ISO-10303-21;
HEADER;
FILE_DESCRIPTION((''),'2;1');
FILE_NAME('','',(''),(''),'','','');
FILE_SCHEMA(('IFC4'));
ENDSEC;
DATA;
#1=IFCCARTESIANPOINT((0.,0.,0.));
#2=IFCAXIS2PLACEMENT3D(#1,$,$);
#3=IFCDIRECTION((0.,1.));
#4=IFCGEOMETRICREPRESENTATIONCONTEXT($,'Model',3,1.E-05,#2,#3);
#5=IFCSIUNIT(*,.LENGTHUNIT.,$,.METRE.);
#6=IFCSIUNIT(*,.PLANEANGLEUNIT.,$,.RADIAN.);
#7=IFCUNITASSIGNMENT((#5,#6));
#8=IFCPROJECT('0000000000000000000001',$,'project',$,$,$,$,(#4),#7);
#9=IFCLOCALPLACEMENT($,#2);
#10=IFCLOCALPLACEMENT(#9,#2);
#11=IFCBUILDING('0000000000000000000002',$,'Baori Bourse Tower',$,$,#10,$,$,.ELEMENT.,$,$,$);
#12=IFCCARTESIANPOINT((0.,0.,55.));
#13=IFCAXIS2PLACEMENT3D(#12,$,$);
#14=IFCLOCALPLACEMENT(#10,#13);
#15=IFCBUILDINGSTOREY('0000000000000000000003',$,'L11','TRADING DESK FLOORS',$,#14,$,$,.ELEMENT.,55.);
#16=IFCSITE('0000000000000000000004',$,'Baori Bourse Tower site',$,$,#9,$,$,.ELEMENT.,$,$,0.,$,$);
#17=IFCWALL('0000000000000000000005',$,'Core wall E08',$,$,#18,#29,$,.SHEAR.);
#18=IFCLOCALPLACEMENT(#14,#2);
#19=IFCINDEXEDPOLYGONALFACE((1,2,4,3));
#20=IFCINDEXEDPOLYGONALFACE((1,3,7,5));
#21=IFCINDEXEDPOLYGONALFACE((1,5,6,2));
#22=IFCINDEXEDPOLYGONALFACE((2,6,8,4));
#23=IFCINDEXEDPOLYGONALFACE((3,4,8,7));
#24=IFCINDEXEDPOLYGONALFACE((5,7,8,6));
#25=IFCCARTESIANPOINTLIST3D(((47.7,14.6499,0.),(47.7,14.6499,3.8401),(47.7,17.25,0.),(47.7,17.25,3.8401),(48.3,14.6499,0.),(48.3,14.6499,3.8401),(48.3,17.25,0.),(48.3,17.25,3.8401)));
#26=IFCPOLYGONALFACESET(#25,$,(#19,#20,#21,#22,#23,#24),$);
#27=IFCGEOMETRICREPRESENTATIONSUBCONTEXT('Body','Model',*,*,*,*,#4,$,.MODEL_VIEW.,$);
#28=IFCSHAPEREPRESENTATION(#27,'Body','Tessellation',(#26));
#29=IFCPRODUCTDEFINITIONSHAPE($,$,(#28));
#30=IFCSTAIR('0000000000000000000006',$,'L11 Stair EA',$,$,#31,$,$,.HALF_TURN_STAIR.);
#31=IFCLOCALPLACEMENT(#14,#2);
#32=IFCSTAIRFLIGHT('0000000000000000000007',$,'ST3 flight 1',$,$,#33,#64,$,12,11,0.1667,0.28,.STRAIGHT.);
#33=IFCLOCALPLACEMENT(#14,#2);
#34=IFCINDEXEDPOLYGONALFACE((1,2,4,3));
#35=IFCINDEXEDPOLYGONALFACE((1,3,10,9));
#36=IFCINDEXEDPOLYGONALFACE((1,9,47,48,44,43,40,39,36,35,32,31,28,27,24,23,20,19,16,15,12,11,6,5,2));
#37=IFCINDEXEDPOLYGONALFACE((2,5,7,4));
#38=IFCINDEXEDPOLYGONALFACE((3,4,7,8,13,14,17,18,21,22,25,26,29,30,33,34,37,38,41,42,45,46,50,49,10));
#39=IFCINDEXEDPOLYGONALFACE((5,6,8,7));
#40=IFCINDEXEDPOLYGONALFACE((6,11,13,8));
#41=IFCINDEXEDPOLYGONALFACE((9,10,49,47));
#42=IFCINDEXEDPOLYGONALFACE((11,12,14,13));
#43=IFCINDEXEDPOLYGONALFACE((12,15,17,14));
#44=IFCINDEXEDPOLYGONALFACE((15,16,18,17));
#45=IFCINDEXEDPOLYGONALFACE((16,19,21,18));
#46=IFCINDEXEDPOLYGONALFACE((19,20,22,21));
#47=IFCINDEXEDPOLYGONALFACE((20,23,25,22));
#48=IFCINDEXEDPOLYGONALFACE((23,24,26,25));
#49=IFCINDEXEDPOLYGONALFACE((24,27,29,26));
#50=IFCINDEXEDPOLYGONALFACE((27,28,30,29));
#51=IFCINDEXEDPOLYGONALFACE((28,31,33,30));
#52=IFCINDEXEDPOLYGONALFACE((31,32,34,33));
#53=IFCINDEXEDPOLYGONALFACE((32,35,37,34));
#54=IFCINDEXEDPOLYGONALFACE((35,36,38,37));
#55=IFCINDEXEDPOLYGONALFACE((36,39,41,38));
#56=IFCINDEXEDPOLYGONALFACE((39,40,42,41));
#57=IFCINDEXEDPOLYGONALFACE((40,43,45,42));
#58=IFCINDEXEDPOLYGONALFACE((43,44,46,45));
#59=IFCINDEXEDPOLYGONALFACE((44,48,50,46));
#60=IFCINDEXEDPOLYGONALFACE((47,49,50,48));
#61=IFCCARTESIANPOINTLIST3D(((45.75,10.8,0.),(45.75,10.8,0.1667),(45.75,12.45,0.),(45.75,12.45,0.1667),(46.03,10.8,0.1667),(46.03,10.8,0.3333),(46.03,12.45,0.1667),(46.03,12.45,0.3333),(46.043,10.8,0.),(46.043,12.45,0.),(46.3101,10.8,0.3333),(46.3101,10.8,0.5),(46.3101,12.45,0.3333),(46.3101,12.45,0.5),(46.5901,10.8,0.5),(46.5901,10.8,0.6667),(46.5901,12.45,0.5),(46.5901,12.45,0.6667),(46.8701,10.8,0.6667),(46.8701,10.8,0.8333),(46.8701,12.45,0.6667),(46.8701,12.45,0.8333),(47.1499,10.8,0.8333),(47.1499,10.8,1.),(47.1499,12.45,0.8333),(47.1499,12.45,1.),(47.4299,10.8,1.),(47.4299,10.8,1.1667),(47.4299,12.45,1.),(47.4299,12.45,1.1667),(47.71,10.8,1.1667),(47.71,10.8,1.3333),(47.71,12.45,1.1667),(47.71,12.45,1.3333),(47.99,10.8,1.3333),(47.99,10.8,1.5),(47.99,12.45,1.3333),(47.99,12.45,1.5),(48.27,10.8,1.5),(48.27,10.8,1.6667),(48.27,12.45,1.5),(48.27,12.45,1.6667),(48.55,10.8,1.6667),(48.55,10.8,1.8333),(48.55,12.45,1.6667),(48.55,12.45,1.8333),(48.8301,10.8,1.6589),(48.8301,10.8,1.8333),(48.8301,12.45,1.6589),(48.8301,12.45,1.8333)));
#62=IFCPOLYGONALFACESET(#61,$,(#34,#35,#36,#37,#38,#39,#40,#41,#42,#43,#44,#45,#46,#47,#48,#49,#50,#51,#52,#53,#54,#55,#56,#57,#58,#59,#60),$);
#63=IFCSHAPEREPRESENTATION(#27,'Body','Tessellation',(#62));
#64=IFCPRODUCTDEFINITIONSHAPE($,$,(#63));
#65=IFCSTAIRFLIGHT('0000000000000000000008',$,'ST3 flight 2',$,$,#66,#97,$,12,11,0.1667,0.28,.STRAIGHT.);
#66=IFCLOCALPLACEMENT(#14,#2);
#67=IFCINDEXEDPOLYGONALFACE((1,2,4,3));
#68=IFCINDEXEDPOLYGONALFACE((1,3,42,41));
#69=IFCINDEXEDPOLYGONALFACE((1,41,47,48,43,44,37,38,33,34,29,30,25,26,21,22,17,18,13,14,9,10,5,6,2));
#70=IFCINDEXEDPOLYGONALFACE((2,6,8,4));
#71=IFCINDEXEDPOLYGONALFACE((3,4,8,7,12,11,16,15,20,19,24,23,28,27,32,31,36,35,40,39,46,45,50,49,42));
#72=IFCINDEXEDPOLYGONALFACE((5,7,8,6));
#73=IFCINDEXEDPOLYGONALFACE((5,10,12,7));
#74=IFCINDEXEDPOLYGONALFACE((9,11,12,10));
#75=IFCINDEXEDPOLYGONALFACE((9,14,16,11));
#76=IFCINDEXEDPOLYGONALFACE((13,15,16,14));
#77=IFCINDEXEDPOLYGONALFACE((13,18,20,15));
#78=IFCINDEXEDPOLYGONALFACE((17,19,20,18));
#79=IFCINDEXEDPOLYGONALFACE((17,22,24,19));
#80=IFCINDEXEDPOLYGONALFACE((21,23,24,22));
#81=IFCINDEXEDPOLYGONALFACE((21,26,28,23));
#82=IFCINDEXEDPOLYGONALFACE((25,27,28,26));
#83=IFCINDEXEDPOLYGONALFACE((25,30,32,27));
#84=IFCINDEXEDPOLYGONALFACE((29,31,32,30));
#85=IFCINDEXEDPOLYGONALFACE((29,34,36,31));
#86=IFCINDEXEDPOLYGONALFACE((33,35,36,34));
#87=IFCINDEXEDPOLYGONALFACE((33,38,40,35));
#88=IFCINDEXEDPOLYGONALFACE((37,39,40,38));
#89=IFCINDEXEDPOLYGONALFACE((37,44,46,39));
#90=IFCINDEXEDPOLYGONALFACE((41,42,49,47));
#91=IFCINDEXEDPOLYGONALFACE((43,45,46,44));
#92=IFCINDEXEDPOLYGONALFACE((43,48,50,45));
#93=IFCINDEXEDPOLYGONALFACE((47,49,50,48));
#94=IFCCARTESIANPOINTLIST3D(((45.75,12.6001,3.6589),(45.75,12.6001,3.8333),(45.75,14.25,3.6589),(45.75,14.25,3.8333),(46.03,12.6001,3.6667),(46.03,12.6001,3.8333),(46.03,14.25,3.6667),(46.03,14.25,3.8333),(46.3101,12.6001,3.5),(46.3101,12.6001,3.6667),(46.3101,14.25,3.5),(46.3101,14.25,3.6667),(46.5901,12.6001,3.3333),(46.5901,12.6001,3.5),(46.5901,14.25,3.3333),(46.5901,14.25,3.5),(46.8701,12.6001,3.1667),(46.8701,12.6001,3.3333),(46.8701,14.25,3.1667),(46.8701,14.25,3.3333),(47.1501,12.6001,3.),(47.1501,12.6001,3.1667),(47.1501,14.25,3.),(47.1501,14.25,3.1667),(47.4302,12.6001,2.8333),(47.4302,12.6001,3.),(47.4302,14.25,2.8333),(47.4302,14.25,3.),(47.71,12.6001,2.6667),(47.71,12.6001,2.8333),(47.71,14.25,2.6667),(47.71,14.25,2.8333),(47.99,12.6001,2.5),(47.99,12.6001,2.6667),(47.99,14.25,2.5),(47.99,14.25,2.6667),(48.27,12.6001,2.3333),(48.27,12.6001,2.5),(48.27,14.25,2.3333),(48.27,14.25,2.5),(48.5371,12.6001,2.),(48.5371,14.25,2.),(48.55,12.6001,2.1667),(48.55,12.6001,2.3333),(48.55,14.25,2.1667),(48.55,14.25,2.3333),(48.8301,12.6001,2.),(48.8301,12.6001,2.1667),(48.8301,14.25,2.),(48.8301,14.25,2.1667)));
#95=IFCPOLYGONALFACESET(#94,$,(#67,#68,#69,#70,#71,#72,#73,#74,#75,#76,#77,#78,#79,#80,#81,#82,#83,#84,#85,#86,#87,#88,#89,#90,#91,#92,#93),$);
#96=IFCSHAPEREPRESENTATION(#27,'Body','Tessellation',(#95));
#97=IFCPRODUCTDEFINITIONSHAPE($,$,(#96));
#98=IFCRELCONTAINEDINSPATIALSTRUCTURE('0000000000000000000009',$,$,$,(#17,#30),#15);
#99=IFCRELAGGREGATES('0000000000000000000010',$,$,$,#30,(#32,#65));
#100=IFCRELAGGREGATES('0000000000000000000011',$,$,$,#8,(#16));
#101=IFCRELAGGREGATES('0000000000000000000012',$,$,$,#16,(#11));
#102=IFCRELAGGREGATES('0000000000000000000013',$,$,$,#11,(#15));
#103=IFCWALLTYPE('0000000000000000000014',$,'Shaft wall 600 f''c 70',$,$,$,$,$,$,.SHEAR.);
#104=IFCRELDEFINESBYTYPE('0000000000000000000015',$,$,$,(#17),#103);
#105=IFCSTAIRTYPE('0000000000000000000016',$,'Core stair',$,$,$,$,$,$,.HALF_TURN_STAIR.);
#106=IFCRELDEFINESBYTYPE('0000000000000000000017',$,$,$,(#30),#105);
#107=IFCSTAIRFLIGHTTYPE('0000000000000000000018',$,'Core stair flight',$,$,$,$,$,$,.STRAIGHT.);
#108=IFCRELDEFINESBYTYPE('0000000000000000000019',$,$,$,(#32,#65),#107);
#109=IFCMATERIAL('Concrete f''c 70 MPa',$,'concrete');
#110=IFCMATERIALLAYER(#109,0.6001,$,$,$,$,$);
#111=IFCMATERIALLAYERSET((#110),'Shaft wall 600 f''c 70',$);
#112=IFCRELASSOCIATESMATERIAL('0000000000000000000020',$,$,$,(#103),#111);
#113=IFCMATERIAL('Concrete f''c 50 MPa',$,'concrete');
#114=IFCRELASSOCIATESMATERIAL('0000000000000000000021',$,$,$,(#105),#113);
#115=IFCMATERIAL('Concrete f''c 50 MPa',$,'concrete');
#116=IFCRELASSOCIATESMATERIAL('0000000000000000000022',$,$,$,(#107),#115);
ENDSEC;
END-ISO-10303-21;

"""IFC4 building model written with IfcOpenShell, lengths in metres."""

from ifc_helpers import new_model, si_unit, direction, frame, frame_2d, origin, place, context, subcontext, project, spatial, polyline, rectangle, outline, extrude, material, layer, layer_set, type_object, element, aggregate, save


model = new_model("IFC4")

# Units and contexts
model_context = context("Model", 3, precision=1e-05, world=origin(), true_north=direction((0.0, 1.0)))
body_context = subcontext(model_context, "Body", "Model", "MODEL_VIEW")
ifc_project = project(units=[si_unit("LENGTHUNIT", "METRE"), si_unit("PLANEANGLEUNIT", "RADIAN")], contexts=[model_context])

# Site, building, storey
site_placement = place(None, origin())
site = spatial("IfcSite", under=ifc_project, at=site_placement, Name="Baori Bourse Tower site", CompositionType="ELEMENT", RefElevation=0.0)
building_placement = place(site_placement, origin())
building = spatial("IfcBuilding", under=site, at=building_placement, Name="Baori Bourse Tower", CompositionType="ELEMENT")
storey_placement = place(building_placement, frame((0.0, 0.0, 55.0)))
storey = spatial("IfcBuildingStorey", under=building, at=storey_placement, Name="L11", Description="TRADING DESK FLOORS", CompositionType="ELEMENT", Elevation=55.0)

# Wall
ifc_material_1 = material(Name="Concrete f'c 70 MPa", Category="concrete")
ifc_layer_1 = layer(ifc_material_1, 0.6001)
ifc_layer_set_1 = layer_set([ifc_layer_1], Name="Shaft wall 600 f'c 70")
wall_type_1 = type_object("IfcWallType", Name="Shaft wall 600 f'c 70", PredefinedType="SHEAR", material=ifc_layer_set_1)
wall_1_placement = place(storey_placement, frame((48.0, 14.6499, 0.0), z_axis=(0.0, 0.0, 1.0), x_axis=(0.0, 1.0, 0.0)))
element("IfcWall", 1, at=wall_1_placement, inside=storey, type_object=wall_type_1, Name="Core wall E08", PredefinedType="SHEAR", context=body_context, shape_type="SweptSolid", body=[
    extrude(rectangle(XDim=2.6001, YDim=0.6001, at=frame_2d((1.3, 0.0))), origin(), (0.0, 0.0, 1.0), 3.8401),
])

# Stair, stair flights
ifc_material_2 = material(Name="Concrete f'c 50 MPa", Category="concrete")
stair_type = type_object("IfcStairType", Name="Core stair", PredefinedType="HALF_TURN_STAIR", material=ifc_material_2)
stair_placement = place(storey_placement, origin())
stair = element("IfcStair", 2, at=stair_placement, inside=storey, type_object=stair_type, Name="L11 Stair EA", PredefinedType="HALF_TURN_STAIR")
ifc_material_3 = material(Name="Concrete f'c 50 MPa", Category="concrete")
stair_flight_type = type_object("IfcStairFlightType", Name="Core stair flight", PredefinedType="STRAIGHT", material=ifc_material_3)
stair_flight_1_placement = place(storey_placement, frame((45.75, 11.625, 0.0), z_axis=(0.0, 0.0, 1.0), x_axis=(1.0, 0.0, 0.0)))
stair_flight_1 = element("IfcStairFlight", 3, at=stair_flight_1_placement, type_object=stair_flight_type, Name="ST3 flight 1", NumberOfRisers=12, NumberOfTreads=11, PredefinedType="STRAIGHT", RiserHeight=0.1667, TreadLength=0.28, context=body_context, shape_type="SweptSolid", body=[
    extrude(outline(polyline([(0.0, 0.0), (0.0, 0.1667), (0.28, 0.1667), (0.28, 0.3333), (0.5601, 0.3333), (0.5601, 0.5), (0.8401, 0.5), (0.8401, 0.6667), (1.1201, 0.6667), (1.1201, 0.8333), (1.3999, 0.8333), (1.3999, 1.0), (1.6799, 1.0), (1.6799, 1.1667), (1.96, 1.1667), (1.96, 1.3333), (2.24, 1.3333), (2.24, 1.5), (2.52, 1.5), (2.52, 1.6667), (2.8, 1.6667), (2.8, 1.8333), (3.0801, 1.8333), (3.0801, 2.0), (3.0801, 1.6589), (0.293, 0.0), (0.0, 0.0)])), frame((0.0, 0.825, 0.0), z_axis=(0.0, -1.0, 0.0), x_axis=(1.0, 0.0, 0.0)), (0.0, 0.0, 1.0), 1.6499),
])
stair_flight_2_placement = place(storey_placement, frame((48.8301, 13.425, 2.0), z_axis=(0.0, 0.0, 1.0), x_axis=(-1.0, 0.0, 0.0)))
stair_flight_2 = element("IfcStairFlight", 4, at=stair_flight_2_placement, type_object=stair_flight_type, Name="ST3 flight 2", NumberOfRisers=12, NumberOfTreads=11, PredefinedType="STRAIGHT", RiserHeight=0.1667, TreadLength=0.28, context=body_context, shape_type="SweptSolid", body=[
    extrude(outline(polyline([(0.0, 0.0), (0.0, 0.1667), (0.28, 0.1667), (0.28, 0.3333), (0.5601, 0.3333), (0.5601, 0.5), (0.8401, 0.5), (0.8401, 0.6667), (1.1201, 0.6667), (1.1201, 0.8333), (1.3999, 0.8333), (1.3999, 1.0), (1.6799, 1.0), (1.6799, 1.1667), (1.96, 1.1667), (1.96, 1.3333), (2.24, 1.3333), (2.24, 1.5), (2.52, 1.5), (2.52, 1.6667), (2.8, 1.6667), (2.8, 1.8333), (3.0801, 1.8333), (3.0801, 2.0), (3.0801, 1.6589), (0.293, 0.0), (0.0, 0.0)])), frame((0.0, 0.825, 0.0), z_axis=(0.0, -1.0, 0.0), x_axis=(1.0, 0.0, 0.0)), (0.0, 0.0, 1.0), 1.6499),
])
aggregate(stair, [stair_flight_1, stair_flight_2])

save(model, "model.ifc")
